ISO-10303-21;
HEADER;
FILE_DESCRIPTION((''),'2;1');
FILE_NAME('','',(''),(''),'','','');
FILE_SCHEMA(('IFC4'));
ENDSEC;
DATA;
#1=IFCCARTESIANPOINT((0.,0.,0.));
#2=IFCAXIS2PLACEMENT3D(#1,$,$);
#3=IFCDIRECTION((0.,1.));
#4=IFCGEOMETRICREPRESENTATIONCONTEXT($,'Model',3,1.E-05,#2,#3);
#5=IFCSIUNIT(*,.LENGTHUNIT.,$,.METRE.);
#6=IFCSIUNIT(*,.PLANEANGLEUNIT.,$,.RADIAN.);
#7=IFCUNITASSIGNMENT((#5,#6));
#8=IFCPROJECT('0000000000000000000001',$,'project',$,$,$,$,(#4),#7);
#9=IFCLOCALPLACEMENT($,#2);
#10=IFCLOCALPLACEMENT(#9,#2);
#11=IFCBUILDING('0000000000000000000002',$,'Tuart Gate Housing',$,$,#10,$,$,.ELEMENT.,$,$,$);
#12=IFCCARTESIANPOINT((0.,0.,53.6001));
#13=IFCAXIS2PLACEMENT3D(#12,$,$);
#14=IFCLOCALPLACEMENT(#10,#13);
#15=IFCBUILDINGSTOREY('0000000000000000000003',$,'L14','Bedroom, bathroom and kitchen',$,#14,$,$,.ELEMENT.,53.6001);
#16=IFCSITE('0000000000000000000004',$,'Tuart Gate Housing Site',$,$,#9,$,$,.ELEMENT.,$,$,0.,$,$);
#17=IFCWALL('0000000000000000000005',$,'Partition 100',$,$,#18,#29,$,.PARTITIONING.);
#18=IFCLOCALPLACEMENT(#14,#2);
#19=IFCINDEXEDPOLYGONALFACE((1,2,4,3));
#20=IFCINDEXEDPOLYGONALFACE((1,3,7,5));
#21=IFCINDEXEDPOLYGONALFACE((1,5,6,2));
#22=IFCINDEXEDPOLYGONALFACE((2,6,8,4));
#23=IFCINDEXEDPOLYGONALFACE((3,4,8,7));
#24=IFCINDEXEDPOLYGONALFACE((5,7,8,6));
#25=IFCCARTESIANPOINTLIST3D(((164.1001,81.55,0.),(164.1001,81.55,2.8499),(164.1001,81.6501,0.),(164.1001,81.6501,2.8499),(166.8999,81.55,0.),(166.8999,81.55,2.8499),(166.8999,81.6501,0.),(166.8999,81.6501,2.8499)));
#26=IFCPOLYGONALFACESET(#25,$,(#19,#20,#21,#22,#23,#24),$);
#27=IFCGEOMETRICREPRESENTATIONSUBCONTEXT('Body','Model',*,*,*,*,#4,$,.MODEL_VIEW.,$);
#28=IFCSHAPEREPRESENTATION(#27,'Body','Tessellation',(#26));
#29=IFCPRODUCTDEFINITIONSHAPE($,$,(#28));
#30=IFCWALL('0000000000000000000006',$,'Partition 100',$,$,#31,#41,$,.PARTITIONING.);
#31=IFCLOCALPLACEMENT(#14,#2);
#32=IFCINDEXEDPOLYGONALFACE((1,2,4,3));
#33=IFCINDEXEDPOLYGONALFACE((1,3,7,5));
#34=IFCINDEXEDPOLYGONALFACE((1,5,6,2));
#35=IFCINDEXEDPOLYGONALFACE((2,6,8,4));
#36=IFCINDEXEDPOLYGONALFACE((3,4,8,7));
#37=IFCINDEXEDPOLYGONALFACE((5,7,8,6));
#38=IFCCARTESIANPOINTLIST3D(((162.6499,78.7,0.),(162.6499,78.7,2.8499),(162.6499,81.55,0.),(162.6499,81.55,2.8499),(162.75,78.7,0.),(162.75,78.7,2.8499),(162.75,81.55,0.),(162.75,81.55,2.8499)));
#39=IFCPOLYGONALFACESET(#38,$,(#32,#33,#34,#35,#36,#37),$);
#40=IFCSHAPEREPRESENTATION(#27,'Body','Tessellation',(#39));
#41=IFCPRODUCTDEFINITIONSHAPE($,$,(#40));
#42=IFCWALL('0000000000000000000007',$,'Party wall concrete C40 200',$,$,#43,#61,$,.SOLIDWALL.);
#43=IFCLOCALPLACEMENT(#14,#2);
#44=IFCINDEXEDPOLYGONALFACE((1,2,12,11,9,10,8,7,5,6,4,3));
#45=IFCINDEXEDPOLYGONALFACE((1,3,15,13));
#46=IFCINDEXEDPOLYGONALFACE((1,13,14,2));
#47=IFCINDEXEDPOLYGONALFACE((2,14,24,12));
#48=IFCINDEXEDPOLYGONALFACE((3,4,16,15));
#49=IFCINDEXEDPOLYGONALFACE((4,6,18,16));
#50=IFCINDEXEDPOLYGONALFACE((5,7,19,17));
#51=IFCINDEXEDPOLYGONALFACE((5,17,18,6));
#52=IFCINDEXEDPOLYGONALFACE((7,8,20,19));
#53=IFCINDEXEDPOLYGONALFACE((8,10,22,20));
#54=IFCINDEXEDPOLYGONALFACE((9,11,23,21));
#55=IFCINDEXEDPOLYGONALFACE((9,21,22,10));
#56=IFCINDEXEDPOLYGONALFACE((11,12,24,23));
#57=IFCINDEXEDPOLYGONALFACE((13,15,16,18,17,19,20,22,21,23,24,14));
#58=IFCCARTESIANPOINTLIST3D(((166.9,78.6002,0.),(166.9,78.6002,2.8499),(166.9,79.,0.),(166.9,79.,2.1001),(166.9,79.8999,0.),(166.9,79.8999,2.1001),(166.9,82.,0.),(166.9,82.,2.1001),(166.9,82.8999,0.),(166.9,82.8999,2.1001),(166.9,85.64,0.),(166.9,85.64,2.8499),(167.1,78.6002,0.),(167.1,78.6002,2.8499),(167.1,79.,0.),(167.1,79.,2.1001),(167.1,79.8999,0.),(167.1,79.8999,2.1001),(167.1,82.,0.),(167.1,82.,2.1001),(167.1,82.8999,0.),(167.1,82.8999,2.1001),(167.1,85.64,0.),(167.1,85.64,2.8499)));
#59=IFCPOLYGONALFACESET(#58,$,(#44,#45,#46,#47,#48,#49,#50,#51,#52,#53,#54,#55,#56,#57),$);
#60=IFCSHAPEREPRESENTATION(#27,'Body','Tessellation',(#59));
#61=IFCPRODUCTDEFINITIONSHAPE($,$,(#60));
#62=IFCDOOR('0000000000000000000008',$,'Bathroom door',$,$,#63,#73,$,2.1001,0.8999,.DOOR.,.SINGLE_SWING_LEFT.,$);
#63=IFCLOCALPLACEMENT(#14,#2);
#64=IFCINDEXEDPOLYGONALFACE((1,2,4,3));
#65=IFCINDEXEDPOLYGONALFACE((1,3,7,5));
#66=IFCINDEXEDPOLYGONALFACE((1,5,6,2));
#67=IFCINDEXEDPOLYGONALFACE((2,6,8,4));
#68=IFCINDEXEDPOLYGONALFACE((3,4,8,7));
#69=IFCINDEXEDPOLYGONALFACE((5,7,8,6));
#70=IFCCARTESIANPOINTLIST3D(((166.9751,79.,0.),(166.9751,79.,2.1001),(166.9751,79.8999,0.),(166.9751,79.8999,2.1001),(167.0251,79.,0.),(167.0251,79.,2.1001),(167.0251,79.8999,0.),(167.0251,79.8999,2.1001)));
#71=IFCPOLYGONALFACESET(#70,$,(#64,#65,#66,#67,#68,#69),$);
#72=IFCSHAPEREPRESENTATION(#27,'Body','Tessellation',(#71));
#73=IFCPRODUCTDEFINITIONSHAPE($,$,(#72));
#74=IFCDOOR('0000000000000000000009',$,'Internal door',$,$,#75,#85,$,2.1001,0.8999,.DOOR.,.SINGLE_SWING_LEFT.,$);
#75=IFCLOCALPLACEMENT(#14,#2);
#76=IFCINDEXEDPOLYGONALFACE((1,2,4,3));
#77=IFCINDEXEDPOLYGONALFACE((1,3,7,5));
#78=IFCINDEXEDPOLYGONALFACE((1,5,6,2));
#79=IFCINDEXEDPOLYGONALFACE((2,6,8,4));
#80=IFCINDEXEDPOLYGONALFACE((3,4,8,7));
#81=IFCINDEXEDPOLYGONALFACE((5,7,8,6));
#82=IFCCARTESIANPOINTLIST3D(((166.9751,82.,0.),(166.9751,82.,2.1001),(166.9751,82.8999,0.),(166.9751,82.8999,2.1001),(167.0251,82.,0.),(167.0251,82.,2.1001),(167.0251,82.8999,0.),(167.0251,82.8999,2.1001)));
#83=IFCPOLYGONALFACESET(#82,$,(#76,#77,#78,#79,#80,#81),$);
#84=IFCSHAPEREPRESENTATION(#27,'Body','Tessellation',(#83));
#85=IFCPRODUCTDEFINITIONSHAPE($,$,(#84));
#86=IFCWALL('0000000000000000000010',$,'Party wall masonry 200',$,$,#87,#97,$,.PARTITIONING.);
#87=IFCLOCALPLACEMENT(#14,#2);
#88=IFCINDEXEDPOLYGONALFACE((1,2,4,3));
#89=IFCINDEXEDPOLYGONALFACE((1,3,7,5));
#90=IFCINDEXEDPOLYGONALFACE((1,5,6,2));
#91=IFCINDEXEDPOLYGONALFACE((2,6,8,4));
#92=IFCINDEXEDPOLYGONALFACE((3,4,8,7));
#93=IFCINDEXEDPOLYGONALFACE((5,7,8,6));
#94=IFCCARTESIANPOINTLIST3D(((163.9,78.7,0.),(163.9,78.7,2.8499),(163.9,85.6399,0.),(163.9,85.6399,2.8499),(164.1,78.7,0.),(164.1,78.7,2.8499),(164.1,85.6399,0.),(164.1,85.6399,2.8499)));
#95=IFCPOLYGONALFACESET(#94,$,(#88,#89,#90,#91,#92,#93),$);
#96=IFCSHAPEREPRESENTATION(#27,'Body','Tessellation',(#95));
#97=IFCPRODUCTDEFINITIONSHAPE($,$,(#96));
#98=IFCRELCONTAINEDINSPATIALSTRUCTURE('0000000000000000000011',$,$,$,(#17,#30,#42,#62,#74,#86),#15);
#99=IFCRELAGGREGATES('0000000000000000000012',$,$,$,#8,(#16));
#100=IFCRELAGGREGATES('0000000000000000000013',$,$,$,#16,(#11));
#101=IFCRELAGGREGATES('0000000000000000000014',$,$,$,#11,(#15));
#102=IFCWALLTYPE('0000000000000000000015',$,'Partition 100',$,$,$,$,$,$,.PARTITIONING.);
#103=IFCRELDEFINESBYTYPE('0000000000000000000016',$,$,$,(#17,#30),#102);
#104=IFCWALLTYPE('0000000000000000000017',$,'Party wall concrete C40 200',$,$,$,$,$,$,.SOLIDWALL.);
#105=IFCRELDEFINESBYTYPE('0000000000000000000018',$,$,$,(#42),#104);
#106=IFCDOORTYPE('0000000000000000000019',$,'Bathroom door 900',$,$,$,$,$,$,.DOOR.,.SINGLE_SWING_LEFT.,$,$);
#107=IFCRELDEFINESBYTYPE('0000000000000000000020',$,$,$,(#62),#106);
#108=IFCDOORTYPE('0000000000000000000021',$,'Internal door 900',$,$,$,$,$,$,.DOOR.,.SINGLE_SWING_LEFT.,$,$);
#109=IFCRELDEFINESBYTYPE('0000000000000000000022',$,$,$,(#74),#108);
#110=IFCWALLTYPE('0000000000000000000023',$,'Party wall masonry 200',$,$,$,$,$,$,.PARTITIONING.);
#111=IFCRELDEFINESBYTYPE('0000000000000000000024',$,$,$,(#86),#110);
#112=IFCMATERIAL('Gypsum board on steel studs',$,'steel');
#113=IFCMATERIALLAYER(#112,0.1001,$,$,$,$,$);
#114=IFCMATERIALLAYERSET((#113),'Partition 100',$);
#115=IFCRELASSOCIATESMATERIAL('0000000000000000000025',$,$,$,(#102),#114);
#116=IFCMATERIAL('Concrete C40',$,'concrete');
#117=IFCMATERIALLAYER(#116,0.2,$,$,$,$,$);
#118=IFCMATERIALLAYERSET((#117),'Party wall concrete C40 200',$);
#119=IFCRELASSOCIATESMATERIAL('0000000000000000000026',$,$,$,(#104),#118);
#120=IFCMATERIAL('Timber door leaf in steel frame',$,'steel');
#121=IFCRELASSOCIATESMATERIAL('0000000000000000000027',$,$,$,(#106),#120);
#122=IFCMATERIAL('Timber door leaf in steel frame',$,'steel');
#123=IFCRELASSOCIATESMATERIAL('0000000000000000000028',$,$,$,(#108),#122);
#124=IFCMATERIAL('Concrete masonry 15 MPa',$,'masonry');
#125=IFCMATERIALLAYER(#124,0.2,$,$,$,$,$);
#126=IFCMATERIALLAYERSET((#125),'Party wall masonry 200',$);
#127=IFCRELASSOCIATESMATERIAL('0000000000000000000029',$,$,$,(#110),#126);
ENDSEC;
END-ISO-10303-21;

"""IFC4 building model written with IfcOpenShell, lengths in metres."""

from ifc_helpers import new_model, si_unit, direction, frame, frame_2d, origin, place, context, subcontext, project, spatial, rectangle, extrude, material, layer, layer_set, type_object, element, fill, save


model = new_model("IFC4")

# Units and contexts
model_context = context("Model", 3, precision=1e-05, world=origin(), true_north=direction((0.0, 1.0)))
body_context = subcontext(model_context, "Body", "Model", "MODEL_VIEW")
ifc_project = project(units=[si_unit("LENGTHUNIT", "METRE"), si_unit("PLANEANGLEUNIT", "RADIAN")], contexts=[model_context])

# Site, building, storey
site_placement = place(None, origin())
site = spatial("IfcSite", under=ifc_project, at=site_placement, Name="Tuart Gate Housing Site", CompositionType="ELEMENT", RefElevation=0.0)
building_placement = place(site_placement, origin())
building = spatial("IfcBuilding", under=site, at=building_placement, Name="Tuart Gate Housing", CompositionType="ELEMENT")
storey_placement = place(building_placement, frame((0.0, 0.0, 53.6001)))
storey = spatial("IfcBuildingStorey", under=building, at=storey_placement, Name="L14", Description="Bedroom, bathroom and kitchen", CompositionType="ELEMENT", Elevation=53.6001)

# Walls
ifc_material_1 = material(Name="Gypsum board on steel studs", Category="steel")
ifc_layer_1 = layer(ifc_material_1, 0.1001)
ifc_layer_set_1 = layer_set([ifc_layer_1], Name="Partition 100")
wall_type_1 = type_object("IfcWallType", Name="Partition 100", PredefinedType="PARTITIONING", material=ifc_layer_set_1)
wall_1_placement = place(storey_placement, frame((164.1001, 81.6001, 0.0), z_axis=(0.0, 0.0, 1.0), x_axis=(1.0, 0.0, 0.0)))
element("IfcWall", 1, at=wall_1_placement, inside=storey, type_object=wall_type_1, Name="Partition 100", PredefinedType="PARTITIONING", context=body_context, shape_type="SweptSolid", body=[
    extrude(rectangle(XDim=2.7998, YDim=0.1001, at=frame_2d((1.3999, 0.0))), origin(), (0.0, 0.0, 1.0), 2.8499),
])
wall_2_placement = place(storey_placement, frame((162.7, 78.7, 0.0), z_axis=(0.0, 0.0, 1.0), x_axis=(0.0, 1.0, 0.0)))
element("IfcWall", 2, at=wall_2_placement, inside=storey, type_object=wall_type_1, Name="Partition 100", PredefinedType="PARTITIONING", context=body_context, shape_type="SweptSolid", body=[
    extrude(rectangle(XDim=2.8501, YDim=0.1001, at=frame_2d((1.425, 0.0))), origin(), (0.0, 0.0, 1.0), 2.8499),
])

# Wall, openings, doors
ifc_material_2 = material(Name="Concrete C40", Category="concrete")
ifc_layer_2 = layer(ifc_material_2, 0.2)
ifc_layer_set_2 = layer_set([ifc_layer_2], Name="Party wall concrete C40 200")
wall_type_2 = type_object("IfcWallType", Name="Party wall concrete C40 200", PredefinedType="SOLIDWALL", material=ifc_layer_set_2)
wall_3_placement = place(storey_placement, frame((167.0, 78.6001, 0.0), z_axis=(0.0, 0.0, 1.0), x_axis=(0.0, 1.0, 0.0)))
wall_3 = element("IfcWall", 3, at=wall_3_placement, inside=storey, type_object=wall_type_2, Name="Party wall concrete C40 200", PredefinedType="SOLIDWALL", context=body_context, shape_type="SweptSolid", body=[
    extrude(rectangle(XDim=7.0398, YDim=0.2, at=frame_2d((3.52, 0.0))), origin(), (0.0, 0.0, 1.0), 2.8499),
])
opening_1_placement = place(wall_3_placement, frame((3.3999, 0.0, 0.0)))
opening_1 = element("IfcOpeningElement", 4, at=opening_1_placement, cuts=wall_3, PredefinedType="OPENING", context=body_context, shape_type="SweptSolid", body=[
    extrude(rectangle(XDim=0.8999, YDim=2.1001, at=frame_2d((0.45, 1.05))), frame((0.0, 0.1099, 0.0), z_axis=(0.0, -1.0, 0.0), x_axis=(1.0, 0.0, 0.0)), (0.0, 0.0, 1.0), 0.22),
])
opening_2_placement = place(wall_3_placement, frame((0.3999, 0.0, 0.0)))
opening_2 = element("IfcOpeningElement", 5, at=opening_2_placement, cuts=wall_3, PredefinedType="OPENING", context=body_context, shape_type="SweptSolid", body=[
    extrude(rectangle(XDim=0.8999, YDim=2.1001, at=frame_2d((0.45, 1.05))), frame((0.0, 0.1099, 0.0), z_axis=(0.0, -1.0, 0.0), x_axis=(1.0, 0.0, 0.0)), (0.0, 0.0, 1.0), 0.22),
])
ifc_material_3 = material(Name="Timber door leaf in steel frame", Category="steel")
door_type_1 = type_object("IfcDoorType", Name="Bathroom door 900", OperationType="SINGLE_SWING_LEFT", PredefinedType="DOOR", material=ifc_material_3)
door_1_placement = place(opening_2_placement, origin())
door_1 = element("IfcDoor", 6, at=door_1_placement, inside=storey, type_object=door_type_1, Name="Bathroom door", OperationType="SINGLE_SWING_LEFT", OverallHeight=2.1001, OverallWidth=0.8999, PredefinedType="DOOR", context=body_context, shape_type="SweptSolid", body=[
    extrude(rectangle(XDim=0.8999, YDim=2.1001, at=frame_2d((0.45, 1.05))), frame((0.0, 0.0249, 0.0), z_axis=(0.0, -1.0, 0.0), x_axis=(1.0, 0.0, 0.0)), (0.0, 0.0, 1.0), 0.05),
])
fill(opening_2, door_1)
ifc_material_4 = material(Name="Timber door leaf in steel frame", Category="steel")
door_type_2 = type_object("IfcDoorType", Name="Internal door 900", OperationType="SINGLE_SWING_LEFT", PredefinedType="DOOR", material=ifc_material_4)
door_2_placement = place(opening_1_placement, origin())
door_2 = element("IfcDoor", 7, at=door_2_placement, inside=storey, type_object=door_type_2, Name="Internal door", OperationType="SINGLE_SWING_LEFT", OverallHeight=2.1001, OverallWidth=0.8999, PredefinedType="DOOR", context=body_context, shape_type="SweptSolid", body=[
    extrude(rectangle(XDim=0.8999, YDim=2.1001, at=frame_2d((0.45, 1.05))), frame((0.0, 0.0249, 0.0), z_axis=(0.0, -1.0, 0.0), x_axis=(1.0, 0.0, 0.0)), (0.0, 0.0, 1.0), 0.05),
])
fill(opening_1, door_2)

# Wall
ifc_material_5 = material(Name="Concrete masonry 15 MPa", Category="masonry")
ifc_layer_3 = layer(ifc_material_5, 0.2)
ifc_layer_set_3 = layer_set([ifc_layer_3], Name="Party wall masonry 200")
wall_type_3 = type_object("IfcWallType", Name="Party wall masonry 200", PredefinedType="PARTITIONING", material=ifc_layer_set_3)
wall_4_placement = place(storey_placement, frame((164.0, 78.7, 0.0), z_axis=(0.0, 0.0, 1.0), x_axis=(0.0, 1.0, 0.0)))
element("IfcWall", 8, at=wall_4_placement, inside=storey, type_object=wall_type_3, Name="Party wall masonry 200", PredefinedType="PARTITIONING", context=body_context, shape_type="SweptSolid", body=[
    extrude(rectangle(XDim=6.9399, YDim=0.2, at=frame_2d((3.47, 0.0))), origin(), (0.0, 0.0, 1.0), 2.8499),
])

save(model, "model.ifc")
